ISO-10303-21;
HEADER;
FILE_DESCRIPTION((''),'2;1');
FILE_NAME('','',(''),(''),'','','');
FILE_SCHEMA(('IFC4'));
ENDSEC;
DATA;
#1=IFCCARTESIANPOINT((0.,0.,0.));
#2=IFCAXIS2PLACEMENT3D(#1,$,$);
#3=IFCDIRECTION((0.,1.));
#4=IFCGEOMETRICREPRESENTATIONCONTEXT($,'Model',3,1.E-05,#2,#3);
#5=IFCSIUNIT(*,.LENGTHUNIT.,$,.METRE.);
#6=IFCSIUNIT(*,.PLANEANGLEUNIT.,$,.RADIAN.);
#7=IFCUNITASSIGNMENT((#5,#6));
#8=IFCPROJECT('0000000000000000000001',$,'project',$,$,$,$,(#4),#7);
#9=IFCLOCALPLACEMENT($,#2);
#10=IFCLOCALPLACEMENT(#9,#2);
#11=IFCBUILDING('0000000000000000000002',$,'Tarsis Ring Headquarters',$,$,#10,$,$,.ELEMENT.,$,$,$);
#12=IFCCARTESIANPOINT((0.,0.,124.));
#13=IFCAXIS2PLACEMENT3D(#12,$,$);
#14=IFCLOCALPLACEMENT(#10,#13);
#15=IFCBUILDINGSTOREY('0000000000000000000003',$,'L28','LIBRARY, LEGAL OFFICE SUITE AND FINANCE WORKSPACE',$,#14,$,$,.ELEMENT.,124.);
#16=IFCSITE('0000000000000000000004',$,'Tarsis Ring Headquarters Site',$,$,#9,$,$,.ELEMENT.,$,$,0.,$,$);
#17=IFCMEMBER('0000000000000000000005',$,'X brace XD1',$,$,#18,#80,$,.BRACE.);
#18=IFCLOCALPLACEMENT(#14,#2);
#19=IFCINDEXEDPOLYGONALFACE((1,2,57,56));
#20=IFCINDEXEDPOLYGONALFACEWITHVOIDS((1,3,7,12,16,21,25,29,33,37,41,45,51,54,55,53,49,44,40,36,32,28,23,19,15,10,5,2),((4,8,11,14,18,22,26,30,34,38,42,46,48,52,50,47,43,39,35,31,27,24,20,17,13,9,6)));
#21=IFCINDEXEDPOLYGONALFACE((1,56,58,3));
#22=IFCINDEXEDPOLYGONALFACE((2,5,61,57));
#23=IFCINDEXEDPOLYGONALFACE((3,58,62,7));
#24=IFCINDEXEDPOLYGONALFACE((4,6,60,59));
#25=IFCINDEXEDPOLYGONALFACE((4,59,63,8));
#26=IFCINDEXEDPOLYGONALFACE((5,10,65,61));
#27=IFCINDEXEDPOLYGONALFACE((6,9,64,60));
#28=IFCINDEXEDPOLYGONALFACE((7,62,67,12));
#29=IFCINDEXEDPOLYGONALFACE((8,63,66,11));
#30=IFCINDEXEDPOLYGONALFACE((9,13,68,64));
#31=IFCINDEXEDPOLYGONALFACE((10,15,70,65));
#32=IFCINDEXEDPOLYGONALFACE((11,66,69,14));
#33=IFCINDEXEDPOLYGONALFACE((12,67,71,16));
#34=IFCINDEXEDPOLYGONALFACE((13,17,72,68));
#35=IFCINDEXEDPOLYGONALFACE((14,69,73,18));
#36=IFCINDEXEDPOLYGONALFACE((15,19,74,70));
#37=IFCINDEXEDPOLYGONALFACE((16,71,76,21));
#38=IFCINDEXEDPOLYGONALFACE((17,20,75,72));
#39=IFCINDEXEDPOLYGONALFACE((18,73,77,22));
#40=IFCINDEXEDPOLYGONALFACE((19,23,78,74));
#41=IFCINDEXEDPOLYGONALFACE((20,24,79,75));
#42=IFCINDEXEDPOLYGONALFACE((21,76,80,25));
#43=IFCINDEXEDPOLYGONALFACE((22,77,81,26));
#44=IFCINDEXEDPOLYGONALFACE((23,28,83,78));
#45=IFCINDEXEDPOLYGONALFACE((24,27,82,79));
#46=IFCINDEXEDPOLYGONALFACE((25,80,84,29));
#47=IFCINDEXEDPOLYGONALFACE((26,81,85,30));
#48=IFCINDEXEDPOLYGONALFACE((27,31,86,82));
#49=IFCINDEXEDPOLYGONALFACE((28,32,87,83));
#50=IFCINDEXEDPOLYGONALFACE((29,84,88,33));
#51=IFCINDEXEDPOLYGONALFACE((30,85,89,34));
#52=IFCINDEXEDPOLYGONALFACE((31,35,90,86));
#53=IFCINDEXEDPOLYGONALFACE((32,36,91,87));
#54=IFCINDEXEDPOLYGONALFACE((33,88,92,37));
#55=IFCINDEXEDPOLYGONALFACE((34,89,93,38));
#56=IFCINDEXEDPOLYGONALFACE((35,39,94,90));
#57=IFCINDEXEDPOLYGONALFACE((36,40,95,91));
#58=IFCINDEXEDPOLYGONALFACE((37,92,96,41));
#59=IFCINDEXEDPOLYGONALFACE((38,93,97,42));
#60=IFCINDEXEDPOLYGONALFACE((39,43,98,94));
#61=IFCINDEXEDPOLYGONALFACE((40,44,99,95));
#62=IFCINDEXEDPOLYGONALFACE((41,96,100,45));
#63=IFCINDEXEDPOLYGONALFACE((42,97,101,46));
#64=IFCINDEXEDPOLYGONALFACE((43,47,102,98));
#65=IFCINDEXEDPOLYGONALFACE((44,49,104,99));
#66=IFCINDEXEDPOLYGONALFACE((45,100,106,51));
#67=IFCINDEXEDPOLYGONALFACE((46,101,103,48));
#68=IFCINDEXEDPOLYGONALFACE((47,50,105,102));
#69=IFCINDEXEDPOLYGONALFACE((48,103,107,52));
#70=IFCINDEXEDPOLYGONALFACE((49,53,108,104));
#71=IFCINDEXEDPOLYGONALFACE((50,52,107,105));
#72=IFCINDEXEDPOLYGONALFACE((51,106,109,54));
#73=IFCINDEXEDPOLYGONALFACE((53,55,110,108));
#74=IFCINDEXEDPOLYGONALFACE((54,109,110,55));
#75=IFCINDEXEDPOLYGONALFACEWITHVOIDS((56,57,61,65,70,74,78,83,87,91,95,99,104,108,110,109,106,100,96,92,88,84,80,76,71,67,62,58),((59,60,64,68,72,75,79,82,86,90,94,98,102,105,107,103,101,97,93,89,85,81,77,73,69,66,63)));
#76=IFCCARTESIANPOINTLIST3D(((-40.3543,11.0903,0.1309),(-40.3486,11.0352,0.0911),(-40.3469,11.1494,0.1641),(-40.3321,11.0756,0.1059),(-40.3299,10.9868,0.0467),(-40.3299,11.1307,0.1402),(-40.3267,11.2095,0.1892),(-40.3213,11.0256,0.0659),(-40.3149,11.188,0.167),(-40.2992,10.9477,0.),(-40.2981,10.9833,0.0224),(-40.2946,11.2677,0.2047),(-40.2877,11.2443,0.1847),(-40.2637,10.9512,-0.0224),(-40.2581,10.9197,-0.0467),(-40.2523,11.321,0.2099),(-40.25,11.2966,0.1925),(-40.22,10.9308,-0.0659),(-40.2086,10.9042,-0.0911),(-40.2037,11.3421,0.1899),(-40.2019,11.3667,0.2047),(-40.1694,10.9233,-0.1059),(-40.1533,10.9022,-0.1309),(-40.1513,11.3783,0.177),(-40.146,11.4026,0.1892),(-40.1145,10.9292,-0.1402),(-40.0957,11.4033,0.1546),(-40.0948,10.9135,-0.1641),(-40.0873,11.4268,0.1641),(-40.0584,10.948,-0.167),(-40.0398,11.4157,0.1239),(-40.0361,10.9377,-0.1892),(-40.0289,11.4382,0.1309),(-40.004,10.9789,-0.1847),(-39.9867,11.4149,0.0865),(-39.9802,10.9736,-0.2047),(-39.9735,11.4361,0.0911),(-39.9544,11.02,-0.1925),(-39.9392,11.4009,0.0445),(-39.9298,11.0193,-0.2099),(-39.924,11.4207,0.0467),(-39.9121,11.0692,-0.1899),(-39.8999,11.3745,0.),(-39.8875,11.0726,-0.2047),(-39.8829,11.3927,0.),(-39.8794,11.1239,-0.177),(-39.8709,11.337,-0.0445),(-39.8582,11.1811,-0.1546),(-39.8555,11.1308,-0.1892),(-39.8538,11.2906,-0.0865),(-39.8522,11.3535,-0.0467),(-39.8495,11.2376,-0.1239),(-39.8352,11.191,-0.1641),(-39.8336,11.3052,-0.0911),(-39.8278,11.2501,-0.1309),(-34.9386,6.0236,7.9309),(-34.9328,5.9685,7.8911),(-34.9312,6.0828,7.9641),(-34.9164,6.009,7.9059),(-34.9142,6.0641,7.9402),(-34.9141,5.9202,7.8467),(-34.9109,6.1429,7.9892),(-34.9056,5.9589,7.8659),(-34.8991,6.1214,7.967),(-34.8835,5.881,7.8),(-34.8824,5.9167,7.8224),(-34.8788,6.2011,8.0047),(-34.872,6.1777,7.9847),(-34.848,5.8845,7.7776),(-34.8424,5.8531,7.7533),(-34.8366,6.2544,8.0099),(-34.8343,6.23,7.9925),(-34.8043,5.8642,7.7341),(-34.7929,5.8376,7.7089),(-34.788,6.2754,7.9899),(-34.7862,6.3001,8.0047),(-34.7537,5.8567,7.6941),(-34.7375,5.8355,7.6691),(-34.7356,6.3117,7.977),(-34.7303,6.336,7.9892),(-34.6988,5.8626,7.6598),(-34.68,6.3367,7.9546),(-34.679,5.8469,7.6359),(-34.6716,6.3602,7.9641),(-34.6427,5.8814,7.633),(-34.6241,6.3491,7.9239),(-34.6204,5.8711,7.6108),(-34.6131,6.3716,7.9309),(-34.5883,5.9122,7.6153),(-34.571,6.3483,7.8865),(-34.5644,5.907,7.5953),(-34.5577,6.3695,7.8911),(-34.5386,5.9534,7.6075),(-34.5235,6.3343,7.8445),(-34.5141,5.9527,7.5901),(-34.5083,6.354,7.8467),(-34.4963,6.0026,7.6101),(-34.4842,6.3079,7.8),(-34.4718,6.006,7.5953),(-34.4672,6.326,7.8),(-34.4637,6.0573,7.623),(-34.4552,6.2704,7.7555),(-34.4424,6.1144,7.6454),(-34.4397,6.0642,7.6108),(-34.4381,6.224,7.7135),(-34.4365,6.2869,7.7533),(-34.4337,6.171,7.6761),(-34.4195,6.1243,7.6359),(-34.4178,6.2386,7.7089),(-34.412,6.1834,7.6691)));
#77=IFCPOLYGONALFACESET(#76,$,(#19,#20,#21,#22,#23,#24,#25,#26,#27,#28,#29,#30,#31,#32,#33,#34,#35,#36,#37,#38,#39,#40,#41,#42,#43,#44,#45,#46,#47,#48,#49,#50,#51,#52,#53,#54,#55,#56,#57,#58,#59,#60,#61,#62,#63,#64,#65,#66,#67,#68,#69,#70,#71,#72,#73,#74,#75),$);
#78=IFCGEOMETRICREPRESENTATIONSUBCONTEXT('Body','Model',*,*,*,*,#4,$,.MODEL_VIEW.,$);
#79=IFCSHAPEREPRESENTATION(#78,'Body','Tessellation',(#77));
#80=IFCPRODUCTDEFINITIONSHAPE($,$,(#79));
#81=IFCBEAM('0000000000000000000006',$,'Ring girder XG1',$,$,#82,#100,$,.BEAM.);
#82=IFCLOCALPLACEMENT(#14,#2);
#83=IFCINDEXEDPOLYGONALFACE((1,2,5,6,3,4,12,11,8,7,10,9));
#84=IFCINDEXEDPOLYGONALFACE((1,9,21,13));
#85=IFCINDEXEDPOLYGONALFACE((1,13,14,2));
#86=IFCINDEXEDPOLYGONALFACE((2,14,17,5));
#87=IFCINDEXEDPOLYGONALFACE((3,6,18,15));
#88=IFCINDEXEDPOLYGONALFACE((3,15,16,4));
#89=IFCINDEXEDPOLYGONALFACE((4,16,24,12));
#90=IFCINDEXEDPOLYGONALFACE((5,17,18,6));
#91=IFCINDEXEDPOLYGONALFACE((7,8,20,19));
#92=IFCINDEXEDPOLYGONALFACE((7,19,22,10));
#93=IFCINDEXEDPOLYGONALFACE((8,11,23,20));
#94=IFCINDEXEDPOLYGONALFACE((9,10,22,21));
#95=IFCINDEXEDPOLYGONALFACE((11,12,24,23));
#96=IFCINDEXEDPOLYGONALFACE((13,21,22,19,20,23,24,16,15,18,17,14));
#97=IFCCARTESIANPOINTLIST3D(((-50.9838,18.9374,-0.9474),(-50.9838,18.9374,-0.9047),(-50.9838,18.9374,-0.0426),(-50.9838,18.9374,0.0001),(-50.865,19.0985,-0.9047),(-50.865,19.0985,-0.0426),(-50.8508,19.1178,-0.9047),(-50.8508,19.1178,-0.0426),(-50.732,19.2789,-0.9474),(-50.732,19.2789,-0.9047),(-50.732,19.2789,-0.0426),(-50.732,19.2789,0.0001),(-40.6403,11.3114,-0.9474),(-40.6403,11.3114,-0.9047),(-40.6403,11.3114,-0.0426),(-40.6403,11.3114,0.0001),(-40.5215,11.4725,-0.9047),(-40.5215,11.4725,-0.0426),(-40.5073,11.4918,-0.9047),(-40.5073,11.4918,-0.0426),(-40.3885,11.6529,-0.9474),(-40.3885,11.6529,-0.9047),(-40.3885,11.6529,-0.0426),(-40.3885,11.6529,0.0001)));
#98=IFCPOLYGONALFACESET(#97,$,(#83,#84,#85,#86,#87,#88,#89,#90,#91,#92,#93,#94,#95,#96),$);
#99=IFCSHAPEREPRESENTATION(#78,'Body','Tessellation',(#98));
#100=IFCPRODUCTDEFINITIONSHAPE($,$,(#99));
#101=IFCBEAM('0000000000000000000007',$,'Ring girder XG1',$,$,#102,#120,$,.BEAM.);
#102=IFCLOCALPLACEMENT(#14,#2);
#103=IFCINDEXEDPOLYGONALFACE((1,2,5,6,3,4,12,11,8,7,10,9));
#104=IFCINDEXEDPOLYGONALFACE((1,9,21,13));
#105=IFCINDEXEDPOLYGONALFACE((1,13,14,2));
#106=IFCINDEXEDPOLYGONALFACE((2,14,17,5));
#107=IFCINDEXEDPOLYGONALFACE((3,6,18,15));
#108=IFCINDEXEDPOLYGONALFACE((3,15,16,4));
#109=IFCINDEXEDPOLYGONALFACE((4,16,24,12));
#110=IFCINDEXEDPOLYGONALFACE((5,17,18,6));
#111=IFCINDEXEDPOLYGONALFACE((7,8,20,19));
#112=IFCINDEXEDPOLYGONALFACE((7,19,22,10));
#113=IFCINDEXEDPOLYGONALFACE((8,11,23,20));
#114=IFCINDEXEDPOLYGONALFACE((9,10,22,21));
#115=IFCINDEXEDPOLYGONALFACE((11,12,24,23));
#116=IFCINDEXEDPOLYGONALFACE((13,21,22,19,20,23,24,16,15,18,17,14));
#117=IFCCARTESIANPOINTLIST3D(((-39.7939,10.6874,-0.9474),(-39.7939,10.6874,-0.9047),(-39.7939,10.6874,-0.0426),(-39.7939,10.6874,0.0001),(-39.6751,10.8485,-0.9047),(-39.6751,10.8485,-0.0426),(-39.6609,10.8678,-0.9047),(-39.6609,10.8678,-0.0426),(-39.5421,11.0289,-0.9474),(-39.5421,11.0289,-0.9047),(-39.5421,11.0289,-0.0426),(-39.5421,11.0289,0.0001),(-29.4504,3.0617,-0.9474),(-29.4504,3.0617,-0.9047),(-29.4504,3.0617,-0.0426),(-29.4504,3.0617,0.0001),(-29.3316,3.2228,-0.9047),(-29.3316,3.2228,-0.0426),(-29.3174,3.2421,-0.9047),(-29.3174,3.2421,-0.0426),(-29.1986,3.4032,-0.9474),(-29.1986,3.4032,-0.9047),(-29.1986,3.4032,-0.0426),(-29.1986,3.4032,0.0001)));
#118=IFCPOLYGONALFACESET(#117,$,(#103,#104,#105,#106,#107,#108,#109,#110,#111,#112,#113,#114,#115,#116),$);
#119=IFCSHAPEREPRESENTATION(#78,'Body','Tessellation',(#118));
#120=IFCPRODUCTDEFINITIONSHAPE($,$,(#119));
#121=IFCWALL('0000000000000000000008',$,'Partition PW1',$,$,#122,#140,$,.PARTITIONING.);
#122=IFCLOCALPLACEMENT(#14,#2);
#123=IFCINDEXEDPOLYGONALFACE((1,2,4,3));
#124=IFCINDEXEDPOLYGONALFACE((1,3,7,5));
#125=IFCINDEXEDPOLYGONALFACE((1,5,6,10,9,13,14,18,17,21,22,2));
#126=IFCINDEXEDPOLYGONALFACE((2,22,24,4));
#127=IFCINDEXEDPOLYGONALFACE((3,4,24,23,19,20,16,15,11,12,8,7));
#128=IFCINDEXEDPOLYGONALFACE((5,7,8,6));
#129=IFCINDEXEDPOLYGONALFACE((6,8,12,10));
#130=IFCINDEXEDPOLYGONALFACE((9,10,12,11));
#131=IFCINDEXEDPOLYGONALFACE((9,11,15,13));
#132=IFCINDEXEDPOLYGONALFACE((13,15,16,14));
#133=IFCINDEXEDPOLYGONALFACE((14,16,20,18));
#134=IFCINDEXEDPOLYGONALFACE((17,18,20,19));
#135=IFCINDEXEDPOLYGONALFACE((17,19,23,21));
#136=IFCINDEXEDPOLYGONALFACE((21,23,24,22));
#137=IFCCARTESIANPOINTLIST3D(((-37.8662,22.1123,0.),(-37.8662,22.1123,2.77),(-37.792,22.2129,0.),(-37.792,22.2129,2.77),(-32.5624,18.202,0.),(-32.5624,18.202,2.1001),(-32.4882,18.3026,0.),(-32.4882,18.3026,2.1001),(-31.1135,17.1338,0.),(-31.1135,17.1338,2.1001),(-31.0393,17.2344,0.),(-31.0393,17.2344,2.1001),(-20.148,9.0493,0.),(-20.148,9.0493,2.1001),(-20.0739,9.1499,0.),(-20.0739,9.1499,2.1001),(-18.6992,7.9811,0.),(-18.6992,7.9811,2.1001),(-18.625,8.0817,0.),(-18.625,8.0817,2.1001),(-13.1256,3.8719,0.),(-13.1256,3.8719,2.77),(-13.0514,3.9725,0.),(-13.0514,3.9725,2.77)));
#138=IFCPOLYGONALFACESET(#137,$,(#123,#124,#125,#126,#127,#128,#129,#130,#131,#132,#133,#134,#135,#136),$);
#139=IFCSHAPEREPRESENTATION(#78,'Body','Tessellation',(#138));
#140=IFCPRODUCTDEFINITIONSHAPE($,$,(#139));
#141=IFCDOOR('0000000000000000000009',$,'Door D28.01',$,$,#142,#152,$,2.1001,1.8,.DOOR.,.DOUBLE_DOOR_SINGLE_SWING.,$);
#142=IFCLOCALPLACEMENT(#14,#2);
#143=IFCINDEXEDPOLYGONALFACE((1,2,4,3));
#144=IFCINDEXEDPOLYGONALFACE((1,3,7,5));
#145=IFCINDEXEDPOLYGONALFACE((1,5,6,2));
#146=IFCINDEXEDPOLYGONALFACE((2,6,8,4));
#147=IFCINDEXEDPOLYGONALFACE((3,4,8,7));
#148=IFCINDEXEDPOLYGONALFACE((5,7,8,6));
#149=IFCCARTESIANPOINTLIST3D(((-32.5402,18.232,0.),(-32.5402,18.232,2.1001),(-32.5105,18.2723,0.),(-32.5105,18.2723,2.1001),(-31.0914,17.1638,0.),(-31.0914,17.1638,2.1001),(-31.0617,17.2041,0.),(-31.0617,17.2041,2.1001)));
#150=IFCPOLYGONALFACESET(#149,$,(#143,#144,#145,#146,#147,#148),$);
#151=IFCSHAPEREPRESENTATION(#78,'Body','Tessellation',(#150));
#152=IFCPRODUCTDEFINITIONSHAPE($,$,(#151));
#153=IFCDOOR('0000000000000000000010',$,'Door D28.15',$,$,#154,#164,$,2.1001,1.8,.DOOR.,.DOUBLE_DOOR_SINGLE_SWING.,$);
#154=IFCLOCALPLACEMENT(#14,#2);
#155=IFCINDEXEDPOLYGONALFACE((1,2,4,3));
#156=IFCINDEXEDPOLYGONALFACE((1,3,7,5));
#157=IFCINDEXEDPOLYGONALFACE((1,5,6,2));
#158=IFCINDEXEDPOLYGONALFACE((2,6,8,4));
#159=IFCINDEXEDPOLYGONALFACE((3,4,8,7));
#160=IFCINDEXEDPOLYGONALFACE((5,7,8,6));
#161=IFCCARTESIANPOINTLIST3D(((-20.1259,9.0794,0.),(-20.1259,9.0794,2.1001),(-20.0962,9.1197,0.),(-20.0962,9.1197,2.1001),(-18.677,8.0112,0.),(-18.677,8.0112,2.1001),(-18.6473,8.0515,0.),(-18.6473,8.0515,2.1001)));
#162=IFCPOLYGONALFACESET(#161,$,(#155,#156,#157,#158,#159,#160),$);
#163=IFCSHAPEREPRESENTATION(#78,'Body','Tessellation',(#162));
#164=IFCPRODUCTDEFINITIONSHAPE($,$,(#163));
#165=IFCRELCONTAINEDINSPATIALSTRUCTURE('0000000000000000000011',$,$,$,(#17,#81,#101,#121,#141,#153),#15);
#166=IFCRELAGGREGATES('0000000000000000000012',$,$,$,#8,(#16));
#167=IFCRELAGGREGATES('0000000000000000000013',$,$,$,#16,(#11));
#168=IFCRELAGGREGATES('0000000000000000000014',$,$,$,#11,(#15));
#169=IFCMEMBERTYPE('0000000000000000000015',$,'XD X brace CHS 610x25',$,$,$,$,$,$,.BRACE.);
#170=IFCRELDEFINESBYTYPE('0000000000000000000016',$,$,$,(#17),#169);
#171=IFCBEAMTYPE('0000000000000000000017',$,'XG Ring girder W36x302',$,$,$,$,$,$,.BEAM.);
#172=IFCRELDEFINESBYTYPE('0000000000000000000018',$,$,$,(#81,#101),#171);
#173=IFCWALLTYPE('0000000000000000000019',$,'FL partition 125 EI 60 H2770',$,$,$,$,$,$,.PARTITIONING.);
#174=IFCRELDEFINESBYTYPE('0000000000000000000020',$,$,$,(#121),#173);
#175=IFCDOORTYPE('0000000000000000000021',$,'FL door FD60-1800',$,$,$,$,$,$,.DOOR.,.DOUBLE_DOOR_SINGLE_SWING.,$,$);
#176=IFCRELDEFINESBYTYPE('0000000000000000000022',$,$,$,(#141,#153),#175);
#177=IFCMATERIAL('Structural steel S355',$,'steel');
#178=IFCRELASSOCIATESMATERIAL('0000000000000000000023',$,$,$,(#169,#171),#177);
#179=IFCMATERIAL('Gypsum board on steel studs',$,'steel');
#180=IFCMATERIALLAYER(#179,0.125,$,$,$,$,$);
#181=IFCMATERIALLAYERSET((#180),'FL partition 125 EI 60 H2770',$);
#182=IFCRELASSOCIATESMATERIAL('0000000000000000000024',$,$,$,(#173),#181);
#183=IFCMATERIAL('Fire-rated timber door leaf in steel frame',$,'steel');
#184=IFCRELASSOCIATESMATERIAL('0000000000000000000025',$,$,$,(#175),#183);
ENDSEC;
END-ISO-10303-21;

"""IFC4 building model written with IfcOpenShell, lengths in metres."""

from ifc_helpers import new_model, si_unit, direction, frame, frame_2d, origin, origin_2d, place, context, subcontext, project, spatial, rectangle, hollow_circle, i_section, extrude, material, layer, layer_set, material_profile, profile_set, type_object, element, fill, save


model = new_model("IFC4")

# Units and contexts
model_context = context("Model", 3, precision=1e-05, world=origin(), true_north=direction((0.0, 1.0)))
body_context = subcontext(model_context, "Body", "Model", "MODEL_VIEW")
ifc_project = project(units=[si_unit("LENGTHUNIT", "METRE"), si_unit("PLANEANGLEUNIT", "RADIAN")], contexts=[model_context])

# Site, building, storey
site_placement = place(None, origin())
site = spatial("IfcSite", under=ifc_project, at=site_placement, Name="Tarsis Ring Headquarters Site", CompositionType="ELEMENT", RefElevation=0.0)
building_placement = place(site_placement, origin())
building = spatial("IfcBuilding", under=site, at=building_placement, Name="Tarsis Ring Headquarters", CompositionType="ELEMENT")
storey_placement = place(building_placement, frame((0.0, 0.0, 124.0)))
storey = spatial("IfcBuildingStorey", under=building, at=storey_placement, Name="L28", Description="LIBRARY, LEGAL OFFICE SUITE AND FINANCE WORKSPACE", CompositionType="ELEMENT", Elevation=124.0)

# Shared definitions
ifc_material_1 = material(Name="Structural steel S355", Category="steel")

# Member
ifc_material_profile_1 = material_profile(ifc_material_1, hollow_circle(Radius=0.3047, WallThickness=0.0249, at=origin_2d()), Name="CHS 610x25")
ifc_profile_set_1 = profile_set([ifc_material_profile_1], Name="Structural steel S355")
member_type = type_object("IfcMemberType", Name="XD X brace CHS 610x25", PredefinedType="BRACE", material=ifc_profile_set_1)
member_placement = place(storey_placement, frame((-40.0911, 11.1702, 0.0), z_axis=(0.503184, -0.470747, 0.724709), x_axis=(0.683178, 0.730252, 0.0)))
element("IfcMember", 1, at=member_placement, inside=storey, type_object=member_type, Name="X brace XD1", PredefinedType="BRACE", context=body_context, shape_type="SweptSolid", body=[
    extrude(hollow_circle(Radius=0.3047, WallThickness=0.0249, at=origin_2d()), origin(), (0.0, 0.0, 1.0), 10.7629),
])

# Beams
ifc_material_profile_2 = material_profile(ifc_material_1, i_section(OverallWidth=0.4243, OverallDepth=0.9475, WebThickness=0.0239, FlangeThickness=0.0427, at=origin_2d()), Name="W36x302")
ifc_profile_set_2 = profile_set([ifc_material_profile_2], Name="Structural steel S355")
beam_type = type_object("IfcBeamType", Name="XG Ring girder W36x302", PredefinedType="BEAM", material=ifc_profile_set_2)
beam_1_placement = place(storey_placement, frame((-50.8579, 19.1082, -0.4736), z_axis=(0.804891, -0.593423, 0.0), x_axis=(0.593423, 0.804891, 0.0)))
element("IfcBeam", 2, at=beam_1_placement, inside=storey, type_object=beam_type, Name="Ring girder XG1", PredefinedType="BEAM", context=body_context, shape_type="SweptSolid", body=[
    extrude(i_section(OverallWidth=0.4243, OverallDepth=0.9475, WebThickness=0.0239, FlangeThickness=0.0427, at=origin_2d()), origin(), (0.0, 0.0, 1.0), 12.8508),
])
beam_2_placement = place(storey_placement, frame((-39.668, 10.8582, -0.4736), z_axis=(0.8049, -0.593411, 0.0), x_axis=(0.593411, 0.8049, 0.0)))
element("IfcBeam", 3, at=beam_2_placement, inside=storey, type_object=beam_type, Name="Ring girder XG1", PredefinedType="BEAM", context=body_context, shape_type="SweptSolid", body=[
    extrude(i_section(OverallWidth=0.4243, OverallDepth=0.9475, WebThickness=0.0239, FlangeThickness=0.0427, at=origin_2d()), origin(), (0.0, 0.0, 1.0), 12.8506),
])

# Wall, openings, doors
ifc_material_2 = material(Name="Gypsum board on steel studs", Category="steel")
ifc_layer_1 = layer(ifc_material_2, 0.125)
ifc_layer_set_1 = layer_set([ifc_layer_1], Name="FL partition 125 EI 60 H2770")
wall_type_1 = type_object("IfcWallType", Name="FL partition 125 EI 60 H2770", PredefinedType="PARTITIONING", material=ifc_layer_set_1)
wall_1_placement = place(storey_placement, frame((-37.8291, 22.1626, 0.0), z_axis=(0.0, 0.0, 1.0), x_axis=(0.804893, -0.59342, 0.0)))
wall_1 = element("IfcWall", 4, at=wall_1_placement, inside=storey, type_object=wall_type_1, Name="Partition PW1", PredefinedType="PARTITIONING", context=body_context, shape_type="SweptSolid", body=[
    extrude(rectangle(XDim=30.7378, YDim=0.125, at=frame_2d((15.3689, 0.0))), origin(), (0.0, 0.0, 1.0), 2.77),
])
opening_1_placement = place(wall_1_placement, frame((6.5896, 0.0, 0.0)))
opening_1 = element("IfcOpeningElement", 5, at=opening_1_placement, cuts=wall_1, PredefinedType="OPENING", context=body_context, shape_type="SweptSolid", body=[
    extrude(rectangle(XDim=1.8, YDim=2.1001, at=frame_2d((0.8999, 1.05))), frame((0.0, 0.0725, 0.0), z_axis=(0.0, -1.0, 0.0), x_axis=(1.0, 0.0, 0.0)), (0.0, 0.0, 1.0), 0.145),
])
opening_2_placement = place(wall_1_placement, frame((22.0132, 0.0, 0.0)))
opening_2 = element("IfcOpeningElement", 6, at=opening_2_placement, cuts=wall_1, PredefinedType="OPENING", context=body_context, shape_type="SweptSolid", body=[
    extrude(rectangle(XDim=1.8, YDim=2.1001, at=frame_2d((0.8999, 1.05))), frame((0.0, 0.0725, 0.0), z_axis=(0.0, -1.0, 0.0), x_axis=(1.0, 0.0, 0.0)), (0.0, 0.0, 1.0), 0.145),
])
ifc_material_3 = material(Name="Fire-rated timber door leaf in steel frame", Category="steel")
door_type = type_object("IfcDoorType", Name="FL door FD60-1800", OperationType="DOUBLE_DOOR_SINGLE_SWING", PredefinedType="DOOR", material=ifc_material_3)
door_1_placement = place(opening_1_placement, origin())
door_1 = element("IfcDoor", 7, at=door_1_placement, inside=storey, type_object=door_type, Name="Door D28.01", OperationType="DOUBLE_DOOR_SINGLE_SWING", OverallHeight=2.1001, OverallWidth=1.8, PredefinedType="DOOR", context=body_context, shape_type="SweptSolid", body=[
    extrude(rectangle(XDim=1.8, YDim=2.1001, at=frame_2d((0.8999, 1.05))), frame((0.0, 0.0249, 0.0), z_axis=(0.0, -1.0, 0.0), x_axis=(1.0, 0.0, 0.0)), (0.0, 0.0, 1.0), 0.05),
])
fill(opening_1, door_1)
door_2_placement = place(opening_2_placement, origin())
door_2 = element("IfcDoor", 8, at=door_2_placement, inside=storey, type_object=door_type, Name="Door D28.15", OperationType="DOUBLE_DOOR_SINGLE_SWING", OverallHeight=2.1001, OverallWidth=1.8, PredefinedType="DOOR", context=body_context, shape_type="SweptSolid", body=[
    extrude(rectangle(XDim=1.8, YDim=2.1001, at=frame_2d((0.8999, 1.05))), frame((0.0, 0.0249, 0.0), z_axis=(0.0, -1.0, 0.0), x_axis=(1.0, 0.0, 0.0)), (0.0, 0.0, 1.0), 0.05),
])
fill(opening_2, door_2)

save(model, "model.ifc")
